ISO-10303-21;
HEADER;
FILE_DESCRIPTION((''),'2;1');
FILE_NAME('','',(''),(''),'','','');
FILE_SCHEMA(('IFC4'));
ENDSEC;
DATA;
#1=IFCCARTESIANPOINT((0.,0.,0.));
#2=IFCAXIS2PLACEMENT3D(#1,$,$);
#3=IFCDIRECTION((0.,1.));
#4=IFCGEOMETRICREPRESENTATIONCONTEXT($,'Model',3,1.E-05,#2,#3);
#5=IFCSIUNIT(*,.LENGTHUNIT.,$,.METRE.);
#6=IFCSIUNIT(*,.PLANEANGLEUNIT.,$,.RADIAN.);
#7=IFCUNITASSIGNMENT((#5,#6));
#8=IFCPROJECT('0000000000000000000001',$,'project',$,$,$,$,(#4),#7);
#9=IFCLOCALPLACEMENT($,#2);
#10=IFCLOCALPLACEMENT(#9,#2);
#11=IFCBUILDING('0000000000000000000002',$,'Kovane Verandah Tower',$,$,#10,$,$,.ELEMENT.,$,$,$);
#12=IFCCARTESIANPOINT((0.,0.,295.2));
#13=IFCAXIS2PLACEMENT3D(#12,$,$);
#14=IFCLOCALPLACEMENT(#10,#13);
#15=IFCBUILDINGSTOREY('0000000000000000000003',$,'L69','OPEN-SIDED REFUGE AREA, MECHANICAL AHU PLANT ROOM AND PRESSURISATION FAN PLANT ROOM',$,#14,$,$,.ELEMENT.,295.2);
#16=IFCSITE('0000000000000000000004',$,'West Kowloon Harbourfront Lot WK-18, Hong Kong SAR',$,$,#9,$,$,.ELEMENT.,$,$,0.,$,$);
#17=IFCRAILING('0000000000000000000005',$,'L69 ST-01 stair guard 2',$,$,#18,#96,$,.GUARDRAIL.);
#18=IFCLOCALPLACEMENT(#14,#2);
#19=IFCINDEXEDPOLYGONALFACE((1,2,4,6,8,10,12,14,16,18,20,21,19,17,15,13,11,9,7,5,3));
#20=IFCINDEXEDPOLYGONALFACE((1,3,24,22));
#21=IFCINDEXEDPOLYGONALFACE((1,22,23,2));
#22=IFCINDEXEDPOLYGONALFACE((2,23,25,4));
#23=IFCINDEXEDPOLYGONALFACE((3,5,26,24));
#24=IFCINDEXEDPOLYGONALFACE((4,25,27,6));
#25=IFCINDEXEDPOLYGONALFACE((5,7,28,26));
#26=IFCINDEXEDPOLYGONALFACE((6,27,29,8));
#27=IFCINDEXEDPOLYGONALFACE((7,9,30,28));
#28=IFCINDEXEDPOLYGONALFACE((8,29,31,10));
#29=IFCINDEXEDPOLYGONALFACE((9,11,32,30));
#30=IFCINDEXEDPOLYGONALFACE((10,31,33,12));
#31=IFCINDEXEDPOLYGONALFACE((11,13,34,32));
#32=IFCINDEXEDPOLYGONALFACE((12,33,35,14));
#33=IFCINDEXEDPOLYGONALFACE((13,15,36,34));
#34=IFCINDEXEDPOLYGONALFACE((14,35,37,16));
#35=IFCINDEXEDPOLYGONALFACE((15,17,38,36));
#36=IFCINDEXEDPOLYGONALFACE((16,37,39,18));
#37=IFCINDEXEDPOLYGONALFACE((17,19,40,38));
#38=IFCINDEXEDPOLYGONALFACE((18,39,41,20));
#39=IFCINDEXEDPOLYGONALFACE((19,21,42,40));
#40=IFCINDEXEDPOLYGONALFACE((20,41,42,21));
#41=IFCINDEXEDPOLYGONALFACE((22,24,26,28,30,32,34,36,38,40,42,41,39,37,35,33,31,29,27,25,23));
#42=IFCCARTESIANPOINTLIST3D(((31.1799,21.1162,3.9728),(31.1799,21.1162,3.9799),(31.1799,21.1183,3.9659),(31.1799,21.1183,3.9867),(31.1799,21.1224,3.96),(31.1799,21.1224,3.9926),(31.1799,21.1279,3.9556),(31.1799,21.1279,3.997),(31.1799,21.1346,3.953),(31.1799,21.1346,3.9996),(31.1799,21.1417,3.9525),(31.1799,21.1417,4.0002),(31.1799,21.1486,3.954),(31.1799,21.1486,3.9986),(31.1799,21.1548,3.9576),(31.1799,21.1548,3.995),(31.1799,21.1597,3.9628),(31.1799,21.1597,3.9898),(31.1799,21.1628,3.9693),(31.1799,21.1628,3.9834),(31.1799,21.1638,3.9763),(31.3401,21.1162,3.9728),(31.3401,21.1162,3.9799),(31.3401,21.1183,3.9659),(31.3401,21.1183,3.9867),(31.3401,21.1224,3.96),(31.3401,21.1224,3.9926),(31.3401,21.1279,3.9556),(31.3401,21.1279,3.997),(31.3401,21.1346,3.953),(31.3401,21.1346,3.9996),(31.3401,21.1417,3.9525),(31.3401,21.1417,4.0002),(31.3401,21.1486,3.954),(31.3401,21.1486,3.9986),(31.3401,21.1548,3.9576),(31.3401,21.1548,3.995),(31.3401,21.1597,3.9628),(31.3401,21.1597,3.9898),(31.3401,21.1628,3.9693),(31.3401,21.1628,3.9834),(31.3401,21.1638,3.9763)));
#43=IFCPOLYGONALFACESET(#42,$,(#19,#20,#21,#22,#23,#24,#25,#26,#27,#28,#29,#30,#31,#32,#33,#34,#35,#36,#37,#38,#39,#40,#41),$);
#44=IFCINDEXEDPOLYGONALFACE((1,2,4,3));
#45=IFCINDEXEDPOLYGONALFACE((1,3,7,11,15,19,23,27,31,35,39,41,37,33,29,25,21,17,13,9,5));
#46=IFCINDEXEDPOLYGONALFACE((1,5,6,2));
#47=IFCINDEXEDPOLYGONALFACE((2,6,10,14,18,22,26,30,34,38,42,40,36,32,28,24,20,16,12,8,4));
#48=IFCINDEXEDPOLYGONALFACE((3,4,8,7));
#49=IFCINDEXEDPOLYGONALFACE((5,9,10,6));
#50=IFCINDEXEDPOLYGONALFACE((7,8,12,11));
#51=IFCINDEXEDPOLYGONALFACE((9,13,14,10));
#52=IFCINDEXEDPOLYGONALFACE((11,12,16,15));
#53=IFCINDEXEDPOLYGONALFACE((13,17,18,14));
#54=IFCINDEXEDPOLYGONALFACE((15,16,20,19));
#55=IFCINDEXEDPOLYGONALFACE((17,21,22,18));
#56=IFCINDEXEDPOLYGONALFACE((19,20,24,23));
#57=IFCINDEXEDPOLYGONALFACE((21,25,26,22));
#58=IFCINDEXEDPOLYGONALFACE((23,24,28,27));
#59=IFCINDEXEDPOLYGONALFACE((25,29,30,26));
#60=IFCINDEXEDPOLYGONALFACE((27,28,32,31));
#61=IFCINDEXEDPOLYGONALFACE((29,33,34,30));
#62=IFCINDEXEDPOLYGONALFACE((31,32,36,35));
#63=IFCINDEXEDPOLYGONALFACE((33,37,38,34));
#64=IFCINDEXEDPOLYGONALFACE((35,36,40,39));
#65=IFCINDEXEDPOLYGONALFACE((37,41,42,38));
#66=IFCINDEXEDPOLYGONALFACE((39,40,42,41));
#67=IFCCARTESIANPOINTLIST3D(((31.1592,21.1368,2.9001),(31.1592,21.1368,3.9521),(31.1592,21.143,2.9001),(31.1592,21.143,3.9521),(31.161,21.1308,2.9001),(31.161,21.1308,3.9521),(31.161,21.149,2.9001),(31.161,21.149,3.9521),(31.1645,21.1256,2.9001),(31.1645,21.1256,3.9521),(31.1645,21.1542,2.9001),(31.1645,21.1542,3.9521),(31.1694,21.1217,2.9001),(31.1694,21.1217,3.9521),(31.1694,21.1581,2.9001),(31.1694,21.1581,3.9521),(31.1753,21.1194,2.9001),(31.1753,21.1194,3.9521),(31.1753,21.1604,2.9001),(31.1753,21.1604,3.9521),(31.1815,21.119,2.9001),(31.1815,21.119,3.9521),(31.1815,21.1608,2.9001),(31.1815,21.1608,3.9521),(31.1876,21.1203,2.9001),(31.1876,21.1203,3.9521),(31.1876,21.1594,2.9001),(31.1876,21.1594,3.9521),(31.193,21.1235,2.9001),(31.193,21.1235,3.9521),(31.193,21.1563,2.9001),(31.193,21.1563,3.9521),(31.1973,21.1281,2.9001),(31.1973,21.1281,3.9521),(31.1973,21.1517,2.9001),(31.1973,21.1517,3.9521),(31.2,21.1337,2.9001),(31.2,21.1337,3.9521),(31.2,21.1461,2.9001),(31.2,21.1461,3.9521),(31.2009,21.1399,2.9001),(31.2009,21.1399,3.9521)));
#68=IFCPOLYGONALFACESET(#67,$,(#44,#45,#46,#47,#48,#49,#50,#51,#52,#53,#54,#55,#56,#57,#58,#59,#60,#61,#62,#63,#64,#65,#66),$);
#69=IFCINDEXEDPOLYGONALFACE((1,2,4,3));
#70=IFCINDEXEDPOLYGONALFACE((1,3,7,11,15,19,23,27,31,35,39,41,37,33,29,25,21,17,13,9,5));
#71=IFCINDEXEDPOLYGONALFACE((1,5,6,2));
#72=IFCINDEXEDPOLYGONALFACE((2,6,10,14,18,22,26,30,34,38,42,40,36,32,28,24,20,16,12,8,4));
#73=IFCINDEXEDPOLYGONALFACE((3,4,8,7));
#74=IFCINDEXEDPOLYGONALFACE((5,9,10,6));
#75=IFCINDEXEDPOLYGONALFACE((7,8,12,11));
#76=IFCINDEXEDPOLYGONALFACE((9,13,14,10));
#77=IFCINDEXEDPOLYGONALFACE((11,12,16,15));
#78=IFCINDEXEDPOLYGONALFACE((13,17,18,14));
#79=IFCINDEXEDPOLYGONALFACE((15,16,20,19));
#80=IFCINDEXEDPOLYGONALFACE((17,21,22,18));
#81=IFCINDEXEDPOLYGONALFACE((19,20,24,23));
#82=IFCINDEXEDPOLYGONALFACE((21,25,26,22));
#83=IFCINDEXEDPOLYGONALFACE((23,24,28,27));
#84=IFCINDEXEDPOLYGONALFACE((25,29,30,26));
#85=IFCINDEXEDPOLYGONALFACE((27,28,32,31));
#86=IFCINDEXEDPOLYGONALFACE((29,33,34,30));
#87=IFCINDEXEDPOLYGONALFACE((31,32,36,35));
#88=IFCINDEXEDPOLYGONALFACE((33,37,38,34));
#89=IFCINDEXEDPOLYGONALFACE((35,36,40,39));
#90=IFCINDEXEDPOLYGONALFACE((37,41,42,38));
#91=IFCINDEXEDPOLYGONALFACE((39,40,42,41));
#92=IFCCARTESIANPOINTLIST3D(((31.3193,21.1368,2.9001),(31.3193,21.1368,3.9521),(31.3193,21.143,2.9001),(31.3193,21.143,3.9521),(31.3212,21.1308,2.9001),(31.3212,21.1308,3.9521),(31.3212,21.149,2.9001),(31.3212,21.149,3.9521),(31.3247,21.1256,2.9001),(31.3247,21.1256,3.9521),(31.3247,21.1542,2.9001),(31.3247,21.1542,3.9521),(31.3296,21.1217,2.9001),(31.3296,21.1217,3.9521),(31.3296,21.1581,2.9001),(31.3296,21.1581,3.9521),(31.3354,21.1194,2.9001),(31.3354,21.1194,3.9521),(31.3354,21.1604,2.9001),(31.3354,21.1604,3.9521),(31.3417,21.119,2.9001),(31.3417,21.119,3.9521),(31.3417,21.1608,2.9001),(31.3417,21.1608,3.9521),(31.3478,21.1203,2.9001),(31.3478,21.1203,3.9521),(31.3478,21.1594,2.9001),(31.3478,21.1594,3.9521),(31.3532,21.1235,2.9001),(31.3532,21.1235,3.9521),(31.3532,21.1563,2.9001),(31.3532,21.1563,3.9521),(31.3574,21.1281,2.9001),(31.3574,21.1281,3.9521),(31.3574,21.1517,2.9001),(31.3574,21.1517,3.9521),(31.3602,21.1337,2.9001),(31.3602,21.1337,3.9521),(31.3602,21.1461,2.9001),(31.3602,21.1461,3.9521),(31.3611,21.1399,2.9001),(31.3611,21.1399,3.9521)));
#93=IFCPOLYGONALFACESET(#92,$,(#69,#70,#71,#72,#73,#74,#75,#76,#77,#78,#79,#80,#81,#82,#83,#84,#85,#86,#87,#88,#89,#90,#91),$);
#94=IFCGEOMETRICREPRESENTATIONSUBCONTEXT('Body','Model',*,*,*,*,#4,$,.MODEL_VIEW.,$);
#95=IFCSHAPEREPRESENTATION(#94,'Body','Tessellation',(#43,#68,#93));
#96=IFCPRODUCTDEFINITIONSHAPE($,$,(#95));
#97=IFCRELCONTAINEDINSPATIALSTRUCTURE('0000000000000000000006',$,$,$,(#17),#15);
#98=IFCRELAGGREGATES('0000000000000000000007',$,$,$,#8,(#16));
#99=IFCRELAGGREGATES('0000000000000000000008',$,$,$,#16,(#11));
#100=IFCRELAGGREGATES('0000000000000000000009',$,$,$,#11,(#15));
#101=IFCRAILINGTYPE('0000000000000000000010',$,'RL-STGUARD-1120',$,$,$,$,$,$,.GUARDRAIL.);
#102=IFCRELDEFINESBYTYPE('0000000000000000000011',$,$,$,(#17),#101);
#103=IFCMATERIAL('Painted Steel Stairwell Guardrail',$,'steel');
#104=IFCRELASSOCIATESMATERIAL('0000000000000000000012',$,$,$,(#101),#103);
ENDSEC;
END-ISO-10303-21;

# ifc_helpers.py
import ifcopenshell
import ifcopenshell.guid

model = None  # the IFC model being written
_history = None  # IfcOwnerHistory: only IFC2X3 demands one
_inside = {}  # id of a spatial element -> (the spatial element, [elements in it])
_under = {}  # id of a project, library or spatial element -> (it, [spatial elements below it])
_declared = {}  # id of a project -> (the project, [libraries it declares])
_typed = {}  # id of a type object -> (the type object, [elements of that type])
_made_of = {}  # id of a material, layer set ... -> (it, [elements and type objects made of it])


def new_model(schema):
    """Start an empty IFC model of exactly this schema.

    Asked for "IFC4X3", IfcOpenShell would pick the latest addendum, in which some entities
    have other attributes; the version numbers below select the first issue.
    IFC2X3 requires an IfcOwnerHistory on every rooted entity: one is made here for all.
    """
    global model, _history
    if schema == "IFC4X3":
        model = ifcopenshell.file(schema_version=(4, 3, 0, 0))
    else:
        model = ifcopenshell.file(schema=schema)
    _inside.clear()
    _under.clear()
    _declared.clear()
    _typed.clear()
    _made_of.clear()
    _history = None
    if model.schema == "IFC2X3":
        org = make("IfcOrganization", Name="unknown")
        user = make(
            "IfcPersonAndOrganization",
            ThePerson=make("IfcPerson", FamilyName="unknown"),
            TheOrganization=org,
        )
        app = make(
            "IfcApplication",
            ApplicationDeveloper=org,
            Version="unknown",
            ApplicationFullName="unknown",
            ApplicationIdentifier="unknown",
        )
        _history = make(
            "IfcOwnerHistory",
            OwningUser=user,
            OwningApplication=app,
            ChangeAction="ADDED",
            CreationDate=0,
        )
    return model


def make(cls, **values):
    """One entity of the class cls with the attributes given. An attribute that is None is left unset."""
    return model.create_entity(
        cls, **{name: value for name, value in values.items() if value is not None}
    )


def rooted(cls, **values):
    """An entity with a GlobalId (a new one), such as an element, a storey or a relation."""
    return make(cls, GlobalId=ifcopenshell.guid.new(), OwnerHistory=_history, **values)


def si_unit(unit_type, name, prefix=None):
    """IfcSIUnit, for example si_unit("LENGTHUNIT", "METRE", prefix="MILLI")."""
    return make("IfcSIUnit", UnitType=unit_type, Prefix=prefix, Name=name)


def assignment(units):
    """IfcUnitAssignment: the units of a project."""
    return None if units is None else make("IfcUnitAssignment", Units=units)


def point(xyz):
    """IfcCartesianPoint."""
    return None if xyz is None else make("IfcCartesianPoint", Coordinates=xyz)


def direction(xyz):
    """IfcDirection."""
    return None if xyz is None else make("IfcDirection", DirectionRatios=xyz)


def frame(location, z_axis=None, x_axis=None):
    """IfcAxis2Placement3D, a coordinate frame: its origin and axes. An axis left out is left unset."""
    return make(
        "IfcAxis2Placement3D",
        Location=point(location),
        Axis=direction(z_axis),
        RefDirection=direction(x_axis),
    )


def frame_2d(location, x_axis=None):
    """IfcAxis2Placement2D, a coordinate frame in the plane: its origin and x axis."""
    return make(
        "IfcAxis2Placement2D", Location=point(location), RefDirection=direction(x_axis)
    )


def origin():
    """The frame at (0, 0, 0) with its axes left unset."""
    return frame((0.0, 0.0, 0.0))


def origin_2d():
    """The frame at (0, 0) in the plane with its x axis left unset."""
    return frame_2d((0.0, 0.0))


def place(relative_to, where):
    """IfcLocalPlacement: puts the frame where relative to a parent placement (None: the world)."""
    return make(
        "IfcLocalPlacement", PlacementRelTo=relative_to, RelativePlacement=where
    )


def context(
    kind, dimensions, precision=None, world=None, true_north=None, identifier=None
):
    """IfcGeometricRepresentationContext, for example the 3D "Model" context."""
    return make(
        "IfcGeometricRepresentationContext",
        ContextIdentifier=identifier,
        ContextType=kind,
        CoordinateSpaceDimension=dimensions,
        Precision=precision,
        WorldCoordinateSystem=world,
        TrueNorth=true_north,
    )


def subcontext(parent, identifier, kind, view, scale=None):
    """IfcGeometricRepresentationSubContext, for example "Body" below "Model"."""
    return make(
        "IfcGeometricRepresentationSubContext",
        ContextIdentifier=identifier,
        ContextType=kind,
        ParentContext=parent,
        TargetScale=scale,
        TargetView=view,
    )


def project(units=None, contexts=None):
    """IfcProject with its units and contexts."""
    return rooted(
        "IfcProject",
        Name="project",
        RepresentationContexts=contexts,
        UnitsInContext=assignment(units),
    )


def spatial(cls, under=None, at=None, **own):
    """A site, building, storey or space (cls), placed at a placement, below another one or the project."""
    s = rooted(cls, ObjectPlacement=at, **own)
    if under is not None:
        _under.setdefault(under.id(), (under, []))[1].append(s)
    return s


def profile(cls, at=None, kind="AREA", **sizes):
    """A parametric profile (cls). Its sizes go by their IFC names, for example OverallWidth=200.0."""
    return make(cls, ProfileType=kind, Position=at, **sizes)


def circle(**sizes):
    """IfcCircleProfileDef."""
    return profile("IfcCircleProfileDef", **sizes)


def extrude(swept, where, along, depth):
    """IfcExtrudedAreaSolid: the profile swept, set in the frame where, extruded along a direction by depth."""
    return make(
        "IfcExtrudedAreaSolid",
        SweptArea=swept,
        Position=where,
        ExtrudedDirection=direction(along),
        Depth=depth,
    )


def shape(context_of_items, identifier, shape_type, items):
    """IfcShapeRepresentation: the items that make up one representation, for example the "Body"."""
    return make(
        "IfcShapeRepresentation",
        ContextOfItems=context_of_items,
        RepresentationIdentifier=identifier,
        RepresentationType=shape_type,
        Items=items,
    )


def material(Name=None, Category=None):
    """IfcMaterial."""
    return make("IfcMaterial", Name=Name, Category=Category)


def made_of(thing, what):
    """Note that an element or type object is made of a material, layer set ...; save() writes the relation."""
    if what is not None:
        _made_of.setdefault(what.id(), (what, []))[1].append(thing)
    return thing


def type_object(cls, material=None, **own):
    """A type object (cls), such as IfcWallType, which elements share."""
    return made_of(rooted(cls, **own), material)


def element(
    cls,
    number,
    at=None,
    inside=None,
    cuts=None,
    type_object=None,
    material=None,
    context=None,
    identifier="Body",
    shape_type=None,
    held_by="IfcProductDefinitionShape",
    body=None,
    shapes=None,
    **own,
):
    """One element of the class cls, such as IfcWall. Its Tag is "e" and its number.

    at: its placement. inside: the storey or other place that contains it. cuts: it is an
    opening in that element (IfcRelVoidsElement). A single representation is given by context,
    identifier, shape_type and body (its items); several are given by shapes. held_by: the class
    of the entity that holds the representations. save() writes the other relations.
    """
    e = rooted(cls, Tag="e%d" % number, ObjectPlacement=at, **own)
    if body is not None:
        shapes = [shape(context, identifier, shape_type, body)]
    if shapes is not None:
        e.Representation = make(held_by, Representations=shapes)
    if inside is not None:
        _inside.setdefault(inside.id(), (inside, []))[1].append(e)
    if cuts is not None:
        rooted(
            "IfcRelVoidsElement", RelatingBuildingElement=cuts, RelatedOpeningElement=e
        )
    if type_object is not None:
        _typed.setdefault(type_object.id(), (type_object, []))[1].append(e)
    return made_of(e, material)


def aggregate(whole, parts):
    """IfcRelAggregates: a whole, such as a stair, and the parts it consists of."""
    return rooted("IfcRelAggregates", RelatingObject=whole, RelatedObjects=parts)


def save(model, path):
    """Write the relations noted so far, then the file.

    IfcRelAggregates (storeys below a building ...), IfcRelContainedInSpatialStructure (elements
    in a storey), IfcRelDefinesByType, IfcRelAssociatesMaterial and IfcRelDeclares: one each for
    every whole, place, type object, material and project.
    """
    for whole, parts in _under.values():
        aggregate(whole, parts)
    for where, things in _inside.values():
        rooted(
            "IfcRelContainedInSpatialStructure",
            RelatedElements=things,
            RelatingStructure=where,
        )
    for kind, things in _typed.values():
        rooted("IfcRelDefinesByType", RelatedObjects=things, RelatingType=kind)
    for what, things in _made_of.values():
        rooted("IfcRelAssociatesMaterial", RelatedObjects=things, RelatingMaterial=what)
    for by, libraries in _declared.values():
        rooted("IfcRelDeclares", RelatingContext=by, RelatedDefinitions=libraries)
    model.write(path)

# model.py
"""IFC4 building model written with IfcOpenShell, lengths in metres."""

from ifc_helpers import new_model, si_unit, direction, frame, origin, origin_2d, place, context, subcontext, project, spatial, circle, extrude, material, type_object, element, save


model = new_model("IFC4")

# Units and contexts
model_context = context("Model", 3, precision=1e-05, world=origin(), true_north=direction((0.0, 1.0)))
body_context = subcontext(model_context, "Body", "Model", "MODEL_VIEW")
ifc_project = project(units=[si_unit("LENGTHUNIT", "METRE"), si_unit("PLANEANGLEUNIT", "RADIAN")], contexts=[model_context])

# Site, building, storey
site_placement = place(None, origin())
site = spatial("IfcSite", under=ifc_project, at=site_placement, Name="West Kowloon Harbourfront Lot WK-18, Hong Kong SAR", CompositionType="ELEMENT", RefElevation=0.0)
building_placement = place(site_placement, origin())
building = spatial("IfcBuilding", under=site, at=building_placement, Name="Kovane Verandah Tower", CompositionType="ELEMENT")
storey_placement = place(building_placement, frame((0.0, 0.0, 295.2)))
storey = spatial("IfcBuildingStorey", under=building, at=storey_placement, Name="L69", Description="OPEN-SIDED REFUGE AREA, MECHANICAL AHU PLANT ROOM AND PRESSURISATION FAN PLANT ROOM", CompositionType="ELEMENT", Elevation=295.2)

# Railing
ifc_material_1 = material(Name="Painted Steel Stairwell Guardrail", Category="steel")
railing_type_1 = type_object("IfcRailingType", Name="RL-STGUARD-1120", PredefinedType="GUARDRAIL", material=ifc_material_1)
railing_1_placement = place(storey_placement, frame((31.1799, 21.1399, 2.9001)))
element("IfcRailing", 1, at=railing_1_placement, inside=storey, type_object=railing_type_1, Name="L69 ST-01 stair guard 2", PredefinedType="GUARDRAIL", context=body_context, shape_type="SweptSolid", body=[
    extrude(circle(Radius=0.0239, at=origin_2d()), frame((0.0, 0.0, 1.0762), z_axis=(1.0, 0.0, 0.0), x_axis=(0.0, 1.0, 0.0)), (0.0, 0.0, 1.0), 0.1602),
    extrude(circle(Radius=0.021, at=origin_2d()), origin(), (0.0, 0.0, 1.0), 1.052),
    extrude(circle(Radius=0.021, at=origin_2d()), frame((0.1602, 0.0, 0.0)), (0.0, 0.0, 1.0), 1.052),
])

save(model, "model.ifc")
